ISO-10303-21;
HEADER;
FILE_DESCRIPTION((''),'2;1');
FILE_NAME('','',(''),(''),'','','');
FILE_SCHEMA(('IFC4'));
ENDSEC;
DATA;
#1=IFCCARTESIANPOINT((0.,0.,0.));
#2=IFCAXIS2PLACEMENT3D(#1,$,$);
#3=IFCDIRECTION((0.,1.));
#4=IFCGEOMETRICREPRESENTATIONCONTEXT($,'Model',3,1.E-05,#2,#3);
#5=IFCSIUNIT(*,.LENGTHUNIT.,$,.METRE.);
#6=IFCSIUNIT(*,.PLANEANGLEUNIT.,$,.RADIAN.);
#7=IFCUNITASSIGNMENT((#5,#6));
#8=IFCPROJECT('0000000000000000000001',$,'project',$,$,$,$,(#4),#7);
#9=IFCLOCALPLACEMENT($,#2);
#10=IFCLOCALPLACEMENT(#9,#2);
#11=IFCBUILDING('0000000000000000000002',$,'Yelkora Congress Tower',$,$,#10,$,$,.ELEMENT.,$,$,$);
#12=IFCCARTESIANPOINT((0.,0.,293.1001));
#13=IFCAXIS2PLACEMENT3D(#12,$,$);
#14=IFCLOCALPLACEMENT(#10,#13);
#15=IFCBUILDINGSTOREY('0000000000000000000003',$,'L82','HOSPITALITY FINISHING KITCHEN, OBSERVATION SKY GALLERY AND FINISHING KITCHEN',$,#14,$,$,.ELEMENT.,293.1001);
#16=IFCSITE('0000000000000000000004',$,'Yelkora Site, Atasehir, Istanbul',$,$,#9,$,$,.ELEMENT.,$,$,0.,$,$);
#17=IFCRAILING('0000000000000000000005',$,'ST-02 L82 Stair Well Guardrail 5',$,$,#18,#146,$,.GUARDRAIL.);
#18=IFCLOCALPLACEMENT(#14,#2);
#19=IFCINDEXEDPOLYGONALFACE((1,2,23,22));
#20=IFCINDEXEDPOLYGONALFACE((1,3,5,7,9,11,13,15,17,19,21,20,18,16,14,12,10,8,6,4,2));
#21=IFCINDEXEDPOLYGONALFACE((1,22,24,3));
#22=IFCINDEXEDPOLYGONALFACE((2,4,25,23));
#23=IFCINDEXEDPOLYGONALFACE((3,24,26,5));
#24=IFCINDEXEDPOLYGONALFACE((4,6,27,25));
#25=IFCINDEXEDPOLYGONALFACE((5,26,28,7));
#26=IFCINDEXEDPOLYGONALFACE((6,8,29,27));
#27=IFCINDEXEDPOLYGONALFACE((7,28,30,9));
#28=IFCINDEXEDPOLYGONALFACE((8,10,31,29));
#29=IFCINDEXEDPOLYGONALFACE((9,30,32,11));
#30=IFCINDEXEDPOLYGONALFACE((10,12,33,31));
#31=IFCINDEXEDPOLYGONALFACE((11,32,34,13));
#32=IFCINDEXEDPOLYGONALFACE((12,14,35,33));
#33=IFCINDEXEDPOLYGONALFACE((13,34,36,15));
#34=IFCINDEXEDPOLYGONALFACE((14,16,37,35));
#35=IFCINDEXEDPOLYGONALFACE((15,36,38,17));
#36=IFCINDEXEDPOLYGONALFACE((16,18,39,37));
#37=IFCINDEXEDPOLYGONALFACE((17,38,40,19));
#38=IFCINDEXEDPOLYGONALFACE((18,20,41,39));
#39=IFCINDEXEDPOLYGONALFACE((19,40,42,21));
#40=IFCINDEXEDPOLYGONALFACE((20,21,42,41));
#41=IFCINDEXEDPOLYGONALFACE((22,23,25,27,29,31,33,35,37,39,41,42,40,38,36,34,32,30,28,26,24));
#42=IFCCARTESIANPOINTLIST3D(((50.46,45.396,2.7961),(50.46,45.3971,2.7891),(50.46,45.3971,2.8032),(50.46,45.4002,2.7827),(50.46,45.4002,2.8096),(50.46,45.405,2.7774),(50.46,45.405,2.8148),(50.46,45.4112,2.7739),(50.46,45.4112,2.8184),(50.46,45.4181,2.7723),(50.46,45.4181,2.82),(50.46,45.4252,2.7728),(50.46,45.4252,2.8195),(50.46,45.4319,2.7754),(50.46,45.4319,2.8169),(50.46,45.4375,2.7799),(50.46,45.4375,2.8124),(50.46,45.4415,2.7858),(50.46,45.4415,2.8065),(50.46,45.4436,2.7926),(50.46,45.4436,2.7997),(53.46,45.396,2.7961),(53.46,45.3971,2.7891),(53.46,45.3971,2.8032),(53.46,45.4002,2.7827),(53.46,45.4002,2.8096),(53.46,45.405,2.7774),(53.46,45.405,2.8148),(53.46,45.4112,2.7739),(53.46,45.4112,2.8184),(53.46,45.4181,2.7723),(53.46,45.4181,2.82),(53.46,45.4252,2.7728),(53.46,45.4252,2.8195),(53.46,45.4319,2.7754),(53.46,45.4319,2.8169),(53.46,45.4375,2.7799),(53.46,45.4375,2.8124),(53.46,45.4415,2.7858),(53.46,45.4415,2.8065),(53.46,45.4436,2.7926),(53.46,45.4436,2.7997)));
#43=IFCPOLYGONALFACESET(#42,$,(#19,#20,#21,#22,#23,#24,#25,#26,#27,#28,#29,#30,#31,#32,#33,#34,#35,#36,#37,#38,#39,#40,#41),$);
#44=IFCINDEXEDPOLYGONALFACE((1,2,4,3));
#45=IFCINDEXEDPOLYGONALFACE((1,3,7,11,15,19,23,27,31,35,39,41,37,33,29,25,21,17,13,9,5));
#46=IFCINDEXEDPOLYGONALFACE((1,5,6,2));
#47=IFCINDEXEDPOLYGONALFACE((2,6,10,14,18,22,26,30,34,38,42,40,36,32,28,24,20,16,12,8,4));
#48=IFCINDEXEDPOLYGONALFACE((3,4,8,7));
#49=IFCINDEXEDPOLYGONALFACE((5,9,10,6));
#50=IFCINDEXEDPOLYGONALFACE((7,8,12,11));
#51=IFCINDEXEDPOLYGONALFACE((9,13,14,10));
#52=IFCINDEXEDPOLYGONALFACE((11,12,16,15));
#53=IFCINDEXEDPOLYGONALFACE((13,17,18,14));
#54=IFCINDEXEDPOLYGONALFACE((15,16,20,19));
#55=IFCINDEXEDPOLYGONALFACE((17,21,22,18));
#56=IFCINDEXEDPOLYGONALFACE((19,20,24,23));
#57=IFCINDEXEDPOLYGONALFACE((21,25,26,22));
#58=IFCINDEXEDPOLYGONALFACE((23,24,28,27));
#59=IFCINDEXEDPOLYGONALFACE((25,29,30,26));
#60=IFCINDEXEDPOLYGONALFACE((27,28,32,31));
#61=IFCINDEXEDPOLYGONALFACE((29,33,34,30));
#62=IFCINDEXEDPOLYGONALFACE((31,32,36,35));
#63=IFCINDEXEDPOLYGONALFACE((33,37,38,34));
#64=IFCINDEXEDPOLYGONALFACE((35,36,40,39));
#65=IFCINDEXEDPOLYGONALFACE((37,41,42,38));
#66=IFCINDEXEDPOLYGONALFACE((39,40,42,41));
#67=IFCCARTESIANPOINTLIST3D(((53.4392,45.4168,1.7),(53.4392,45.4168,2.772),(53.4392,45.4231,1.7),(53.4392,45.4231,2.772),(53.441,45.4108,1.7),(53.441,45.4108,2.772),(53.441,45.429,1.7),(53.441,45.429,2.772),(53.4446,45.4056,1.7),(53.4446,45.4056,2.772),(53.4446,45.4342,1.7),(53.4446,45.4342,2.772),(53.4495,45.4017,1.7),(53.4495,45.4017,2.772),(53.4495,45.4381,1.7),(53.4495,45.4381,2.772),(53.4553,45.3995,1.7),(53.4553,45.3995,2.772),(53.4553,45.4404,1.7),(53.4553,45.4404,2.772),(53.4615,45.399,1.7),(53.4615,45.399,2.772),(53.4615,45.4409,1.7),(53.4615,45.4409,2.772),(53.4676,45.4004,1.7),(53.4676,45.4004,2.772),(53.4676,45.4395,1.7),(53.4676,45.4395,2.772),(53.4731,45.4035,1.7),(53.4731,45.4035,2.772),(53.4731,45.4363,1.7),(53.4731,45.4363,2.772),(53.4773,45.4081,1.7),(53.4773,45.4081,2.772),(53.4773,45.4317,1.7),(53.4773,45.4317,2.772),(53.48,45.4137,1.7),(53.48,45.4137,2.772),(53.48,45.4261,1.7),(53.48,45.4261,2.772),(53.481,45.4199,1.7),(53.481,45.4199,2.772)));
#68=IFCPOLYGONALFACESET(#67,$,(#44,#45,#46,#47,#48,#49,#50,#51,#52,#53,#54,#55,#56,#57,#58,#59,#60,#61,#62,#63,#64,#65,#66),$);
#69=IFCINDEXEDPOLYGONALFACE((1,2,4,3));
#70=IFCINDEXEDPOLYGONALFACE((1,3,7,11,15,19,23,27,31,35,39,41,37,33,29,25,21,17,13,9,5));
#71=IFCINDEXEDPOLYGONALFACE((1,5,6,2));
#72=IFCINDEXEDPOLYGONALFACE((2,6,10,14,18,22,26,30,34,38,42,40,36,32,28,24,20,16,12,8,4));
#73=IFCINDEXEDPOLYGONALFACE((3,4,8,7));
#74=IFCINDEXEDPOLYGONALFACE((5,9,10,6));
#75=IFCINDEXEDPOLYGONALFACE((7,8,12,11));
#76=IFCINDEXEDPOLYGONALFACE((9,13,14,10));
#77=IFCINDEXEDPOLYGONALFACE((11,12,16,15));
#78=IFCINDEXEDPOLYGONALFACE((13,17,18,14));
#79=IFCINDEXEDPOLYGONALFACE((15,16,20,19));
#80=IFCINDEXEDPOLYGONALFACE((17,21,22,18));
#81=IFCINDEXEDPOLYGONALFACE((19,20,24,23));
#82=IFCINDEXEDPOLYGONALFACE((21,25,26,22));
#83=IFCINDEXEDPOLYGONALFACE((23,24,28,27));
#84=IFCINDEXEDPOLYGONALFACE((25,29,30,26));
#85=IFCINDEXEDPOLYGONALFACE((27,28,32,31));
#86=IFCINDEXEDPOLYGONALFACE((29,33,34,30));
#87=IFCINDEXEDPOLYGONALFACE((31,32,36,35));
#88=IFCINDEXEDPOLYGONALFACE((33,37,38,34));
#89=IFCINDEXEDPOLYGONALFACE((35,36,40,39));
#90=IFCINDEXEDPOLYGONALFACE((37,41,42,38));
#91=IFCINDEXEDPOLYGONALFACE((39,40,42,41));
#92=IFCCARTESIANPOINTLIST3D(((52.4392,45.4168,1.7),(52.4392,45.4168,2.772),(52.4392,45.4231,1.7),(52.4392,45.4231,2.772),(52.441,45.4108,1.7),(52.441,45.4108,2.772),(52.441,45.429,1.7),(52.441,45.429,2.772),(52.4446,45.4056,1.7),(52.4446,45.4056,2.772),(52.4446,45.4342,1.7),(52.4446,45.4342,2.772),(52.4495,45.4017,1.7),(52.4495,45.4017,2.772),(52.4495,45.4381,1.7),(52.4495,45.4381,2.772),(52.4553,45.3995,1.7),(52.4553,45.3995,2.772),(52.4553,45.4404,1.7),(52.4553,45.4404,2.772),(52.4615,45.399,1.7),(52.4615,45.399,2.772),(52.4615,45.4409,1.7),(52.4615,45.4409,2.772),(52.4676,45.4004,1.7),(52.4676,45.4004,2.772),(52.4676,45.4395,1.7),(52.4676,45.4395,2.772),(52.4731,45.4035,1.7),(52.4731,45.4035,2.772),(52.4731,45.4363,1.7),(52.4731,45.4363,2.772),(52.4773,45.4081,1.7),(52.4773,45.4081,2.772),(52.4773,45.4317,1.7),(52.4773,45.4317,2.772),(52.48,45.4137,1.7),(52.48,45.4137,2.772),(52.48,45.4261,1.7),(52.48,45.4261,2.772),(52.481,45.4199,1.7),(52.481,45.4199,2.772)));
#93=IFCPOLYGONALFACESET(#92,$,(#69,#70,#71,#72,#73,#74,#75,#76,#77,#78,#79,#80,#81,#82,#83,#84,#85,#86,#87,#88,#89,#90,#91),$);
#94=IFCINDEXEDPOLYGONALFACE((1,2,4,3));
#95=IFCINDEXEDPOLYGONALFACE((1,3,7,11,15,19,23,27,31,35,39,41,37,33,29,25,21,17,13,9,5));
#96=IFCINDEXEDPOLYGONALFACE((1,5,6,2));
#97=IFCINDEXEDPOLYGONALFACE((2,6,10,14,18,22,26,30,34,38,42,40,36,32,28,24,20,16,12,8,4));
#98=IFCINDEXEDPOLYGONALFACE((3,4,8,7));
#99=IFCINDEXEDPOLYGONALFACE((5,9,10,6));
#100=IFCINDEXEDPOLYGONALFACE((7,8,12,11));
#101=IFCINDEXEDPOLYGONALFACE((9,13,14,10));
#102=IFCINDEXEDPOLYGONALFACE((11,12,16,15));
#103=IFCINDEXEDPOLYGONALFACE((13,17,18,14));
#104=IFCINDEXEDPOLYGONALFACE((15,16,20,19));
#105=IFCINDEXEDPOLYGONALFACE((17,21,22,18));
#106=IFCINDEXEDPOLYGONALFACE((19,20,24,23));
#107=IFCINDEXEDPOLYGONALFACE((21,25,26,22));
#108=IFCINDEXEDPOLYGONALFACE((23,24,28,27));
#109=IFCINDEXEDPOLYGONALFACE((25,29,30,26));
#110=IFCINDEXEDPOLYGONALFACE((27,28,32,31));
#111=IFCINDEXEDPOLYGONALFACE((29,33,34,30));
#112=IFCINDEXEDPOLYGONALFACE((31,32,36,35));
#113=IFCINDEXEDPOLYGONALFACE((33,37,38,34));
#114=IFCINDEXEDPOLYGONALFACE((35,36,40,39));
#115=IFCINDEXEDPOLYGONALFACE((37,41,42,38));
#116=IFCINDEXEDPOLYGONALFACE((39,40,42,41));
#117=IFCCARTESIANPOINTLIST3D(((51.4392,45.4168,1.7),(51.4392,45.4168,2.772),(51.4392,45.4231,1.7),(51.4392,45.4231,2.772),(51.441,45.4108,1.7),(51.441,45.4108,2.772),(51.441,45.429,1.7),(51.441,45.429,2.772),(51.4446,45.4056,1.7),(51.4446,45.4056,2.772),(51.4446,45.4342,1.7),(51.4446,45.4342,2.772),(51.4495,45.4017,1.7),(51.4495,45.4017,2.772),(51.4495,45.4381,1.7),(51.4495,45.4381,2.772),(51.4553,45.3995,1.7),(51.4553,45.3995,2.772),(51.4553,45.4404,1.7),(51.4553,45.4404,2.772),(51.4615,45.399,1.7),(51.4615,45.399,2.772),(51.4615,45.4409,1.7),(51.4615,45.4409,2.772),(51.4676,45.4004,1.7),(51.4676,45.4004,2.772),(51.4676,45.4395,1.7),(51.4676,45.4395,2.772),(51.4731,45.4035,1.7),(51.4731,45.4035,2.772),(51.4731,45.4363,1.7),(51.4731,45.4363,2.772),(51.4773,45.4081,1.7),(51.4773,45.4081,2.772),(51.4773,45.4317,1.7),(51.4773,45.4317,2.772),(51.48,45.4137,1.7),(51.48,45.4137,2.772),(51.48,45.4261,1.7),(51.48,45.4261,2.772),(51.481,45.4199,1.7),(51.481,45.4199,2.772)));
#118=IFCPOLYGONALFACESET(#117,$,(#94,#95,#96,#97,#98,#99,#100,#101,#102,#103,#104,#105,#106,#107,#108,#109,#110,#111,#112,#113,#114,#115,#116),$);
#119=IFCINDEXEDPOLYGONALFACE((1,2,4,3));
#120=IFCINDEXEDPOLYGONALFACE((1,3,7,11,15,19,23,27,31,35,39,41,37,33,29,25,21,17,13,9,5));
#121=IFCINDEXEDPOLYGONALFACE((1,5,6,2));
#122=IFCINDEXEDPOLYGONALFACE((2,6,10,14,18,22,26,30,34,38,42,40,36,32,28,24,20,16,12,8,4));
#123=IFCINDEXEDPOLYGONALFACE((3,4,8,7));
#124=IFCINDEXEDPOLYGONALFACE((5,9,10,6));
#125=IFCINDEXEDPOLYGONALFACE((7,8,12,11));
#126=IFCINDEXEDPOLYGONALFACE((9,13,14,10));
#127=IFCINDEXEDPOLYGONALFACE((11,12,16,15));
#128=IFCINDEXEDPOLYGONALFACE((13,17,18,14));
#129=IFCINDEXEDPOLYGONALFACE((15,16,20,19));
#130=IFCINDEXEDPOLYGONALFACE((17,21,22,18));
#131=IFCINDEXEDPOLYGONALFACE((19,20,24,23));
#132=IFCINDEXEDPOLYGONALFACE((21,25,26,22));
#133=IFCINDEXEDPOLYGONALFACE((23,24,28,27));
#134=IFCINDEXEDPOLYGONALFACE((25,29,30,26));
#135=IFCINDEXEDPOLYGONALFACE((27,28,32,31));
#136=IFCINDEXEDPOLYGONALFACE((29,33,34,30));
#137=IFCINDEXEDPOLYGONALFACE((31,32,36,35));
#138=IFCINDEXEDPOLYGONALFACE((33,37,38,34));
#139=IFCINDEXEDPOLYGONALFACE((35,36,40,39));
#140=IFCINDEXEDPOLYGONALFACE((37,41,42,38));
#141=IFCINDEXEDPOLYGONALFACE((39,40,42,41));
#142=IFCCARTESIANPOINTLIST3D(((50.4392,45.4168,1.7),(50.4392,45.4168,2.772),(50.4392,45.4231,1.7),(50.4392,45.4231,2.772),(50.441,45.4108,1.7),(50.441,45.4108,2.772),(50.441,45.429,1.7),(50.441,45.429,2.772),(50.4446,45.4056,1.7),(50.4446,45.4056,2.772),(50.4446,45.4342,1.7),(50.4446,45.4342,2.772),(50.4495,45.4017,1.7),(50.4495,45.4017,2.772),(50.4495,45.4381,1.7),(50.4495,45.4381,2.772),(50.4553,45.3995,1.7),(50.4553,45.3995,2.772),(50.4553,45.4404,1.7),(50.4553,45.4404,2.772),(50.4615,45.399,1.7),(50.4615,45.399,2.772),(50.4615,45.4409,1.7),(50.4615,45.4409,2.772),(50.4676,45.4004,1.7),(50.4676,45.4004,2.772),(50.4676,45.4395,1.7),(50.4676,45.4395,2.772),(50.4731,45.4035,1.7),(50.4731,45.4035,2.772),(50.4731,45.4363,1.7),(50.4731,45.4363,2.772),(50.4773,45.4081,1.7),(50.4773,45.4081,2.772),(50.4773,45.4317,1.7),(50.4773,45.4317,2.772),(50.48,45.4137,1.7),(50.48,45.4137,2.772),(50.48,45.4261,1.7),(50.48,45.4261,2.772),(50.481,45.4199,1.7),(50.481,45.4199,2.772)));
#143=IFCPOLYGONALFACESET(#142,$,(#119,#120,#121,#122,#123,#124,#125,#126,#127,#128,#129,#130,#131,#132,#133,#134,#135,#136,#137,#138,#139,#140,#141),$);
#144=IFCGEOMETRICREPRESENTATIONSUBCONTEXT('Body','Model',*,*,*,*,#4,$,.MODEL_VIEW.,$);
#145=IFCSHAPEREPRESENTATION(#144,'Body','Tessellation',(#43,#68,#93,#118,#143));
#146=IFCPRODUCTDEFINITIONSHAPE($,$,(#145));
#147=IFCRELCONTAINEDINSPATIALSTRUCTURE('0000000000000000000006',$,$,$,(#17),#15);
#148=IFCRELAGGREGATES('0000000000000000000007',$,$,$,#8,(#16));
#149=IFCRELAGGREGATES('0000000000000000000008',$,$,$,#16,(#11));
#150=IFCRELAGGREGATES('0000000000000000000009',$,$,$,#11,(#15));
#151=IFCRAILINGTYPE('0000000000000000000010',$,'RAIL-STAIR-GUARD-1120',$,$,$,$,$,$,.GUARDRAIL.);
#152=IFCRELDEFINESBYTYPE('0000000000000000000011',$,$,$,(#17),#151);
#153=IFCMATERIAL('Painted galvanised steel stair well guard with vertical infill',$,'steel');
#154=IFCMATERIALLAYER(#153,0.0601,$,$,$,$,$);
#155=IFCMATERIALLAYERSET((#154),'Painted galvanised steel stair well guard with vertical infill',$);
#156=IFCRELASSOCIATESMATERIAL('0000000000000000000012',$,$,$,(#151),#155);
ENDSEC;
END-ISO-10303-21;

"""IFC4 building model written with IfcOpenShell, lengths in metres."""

from ifc_helpers import new_model, si_unit, direction, frame, origin, origin_2d, place, context, subcontext, project, spatial, circle, extrude, material, layer, layer_set, type_object, element, save


model = new_model("IFC4")

# Units and contexts
model_context = context("Model", 3, precision=1e-05, world=origin(), true_north=direction((0.0, 1.0)))
body_context = subcontext(model_context, "Body", "Model", "MODEL_VIEW")
ifc_project = project(units=[si_unit("LENGTHUNIT", "METRE"), si_unit("PLANEANGLEUNIT", "RADIAN")], contexts=[model_context])

# Site, building, storey
site_placement = place(None, origin())
site = spatial("IfcSite", under=ifc_project, at=site_placement, Name="Yelkora Site, Atasehir, Istanbul", CompositionType="ELEMENT", RefElevation=0.0)
building_placement = place(site_placement, origin())
building = spatial("IfcBuilding", under=site, at=building_placement, Name="Yelkora Congress Tower", CompositionType="ELEMENT")
storey_placement = place(building_placement, frame((0.0, 0.0, 293.1001)))
storey = spatial("IfcBuildingStorey", under=building, at=storey_placement, Name="L82", Description="HOSPITALITY FINISHING KITCHEN, OBSERVATION SKY GALLERY AND FINISHING KITCHEN", CompositionType="ELEMENT", Elevation=293.1001)

# Railing
ifc_material_1 = material(Name="Painted galvanised steel stair well guard with vertical infill", Category="steel")
ifc_layer_1 = layer(ifc_material_1, 0.0601)
ifc_layer_set_1 = layer_set([ifc_layer_1], Name="Painted galvanised steel stair well guard with vertical infill")
railing_type = type_object("IfcRailingType", Name="RAIL-STAIR-GUARD-1120", PredefinedType="GUARDRAIL", material=ifc_layer_set_1)
railing_1_placement = place(storey_placement, frame((53.46, 45.4199, 1.7)))
element("IfcRailing", 1, at=railing_1_placement, inside=storey, type_object=railing_type, Name="ST-02 L82 Stair Well Guardrail 5", PredefinedType="GUARDRAIL", context=body_context, shape_type="SweptSolid", body=[
    extrude(circle(Radius=0.0239, at=origin_2d()), frame((0.0, 0.0, 1.0962), z_axis=(-1.0, 0.0, 0.0), x_axis=(0.0, -1.0, 0.0)), (0.0, 0.0, 1.0), 3.0),
    extrude(circle(Radius=0.021, at=origin_2d()), origin(), (0.0, 0.0, 1.0), 1.072),
    extrude(circle(Radius=0.021, at=origin_2d()), frame((-1.0, 0.0, 0.0)), (0.0, 0.0, 1.0), 1.072),
    extrude(circle(Radius=0.021, at=origin_2d()), frame((-2.0, 0.0, 0.0)), (0.0, 0.0, 1.0), 1.072),
    extrude(circle(Radius=0.021, at=origin_2d()), frame((-3.0, 0.0, 0.0)), (0.0, 0.0, 1.0), 1.072),
])

save(model, "model.ifc")
